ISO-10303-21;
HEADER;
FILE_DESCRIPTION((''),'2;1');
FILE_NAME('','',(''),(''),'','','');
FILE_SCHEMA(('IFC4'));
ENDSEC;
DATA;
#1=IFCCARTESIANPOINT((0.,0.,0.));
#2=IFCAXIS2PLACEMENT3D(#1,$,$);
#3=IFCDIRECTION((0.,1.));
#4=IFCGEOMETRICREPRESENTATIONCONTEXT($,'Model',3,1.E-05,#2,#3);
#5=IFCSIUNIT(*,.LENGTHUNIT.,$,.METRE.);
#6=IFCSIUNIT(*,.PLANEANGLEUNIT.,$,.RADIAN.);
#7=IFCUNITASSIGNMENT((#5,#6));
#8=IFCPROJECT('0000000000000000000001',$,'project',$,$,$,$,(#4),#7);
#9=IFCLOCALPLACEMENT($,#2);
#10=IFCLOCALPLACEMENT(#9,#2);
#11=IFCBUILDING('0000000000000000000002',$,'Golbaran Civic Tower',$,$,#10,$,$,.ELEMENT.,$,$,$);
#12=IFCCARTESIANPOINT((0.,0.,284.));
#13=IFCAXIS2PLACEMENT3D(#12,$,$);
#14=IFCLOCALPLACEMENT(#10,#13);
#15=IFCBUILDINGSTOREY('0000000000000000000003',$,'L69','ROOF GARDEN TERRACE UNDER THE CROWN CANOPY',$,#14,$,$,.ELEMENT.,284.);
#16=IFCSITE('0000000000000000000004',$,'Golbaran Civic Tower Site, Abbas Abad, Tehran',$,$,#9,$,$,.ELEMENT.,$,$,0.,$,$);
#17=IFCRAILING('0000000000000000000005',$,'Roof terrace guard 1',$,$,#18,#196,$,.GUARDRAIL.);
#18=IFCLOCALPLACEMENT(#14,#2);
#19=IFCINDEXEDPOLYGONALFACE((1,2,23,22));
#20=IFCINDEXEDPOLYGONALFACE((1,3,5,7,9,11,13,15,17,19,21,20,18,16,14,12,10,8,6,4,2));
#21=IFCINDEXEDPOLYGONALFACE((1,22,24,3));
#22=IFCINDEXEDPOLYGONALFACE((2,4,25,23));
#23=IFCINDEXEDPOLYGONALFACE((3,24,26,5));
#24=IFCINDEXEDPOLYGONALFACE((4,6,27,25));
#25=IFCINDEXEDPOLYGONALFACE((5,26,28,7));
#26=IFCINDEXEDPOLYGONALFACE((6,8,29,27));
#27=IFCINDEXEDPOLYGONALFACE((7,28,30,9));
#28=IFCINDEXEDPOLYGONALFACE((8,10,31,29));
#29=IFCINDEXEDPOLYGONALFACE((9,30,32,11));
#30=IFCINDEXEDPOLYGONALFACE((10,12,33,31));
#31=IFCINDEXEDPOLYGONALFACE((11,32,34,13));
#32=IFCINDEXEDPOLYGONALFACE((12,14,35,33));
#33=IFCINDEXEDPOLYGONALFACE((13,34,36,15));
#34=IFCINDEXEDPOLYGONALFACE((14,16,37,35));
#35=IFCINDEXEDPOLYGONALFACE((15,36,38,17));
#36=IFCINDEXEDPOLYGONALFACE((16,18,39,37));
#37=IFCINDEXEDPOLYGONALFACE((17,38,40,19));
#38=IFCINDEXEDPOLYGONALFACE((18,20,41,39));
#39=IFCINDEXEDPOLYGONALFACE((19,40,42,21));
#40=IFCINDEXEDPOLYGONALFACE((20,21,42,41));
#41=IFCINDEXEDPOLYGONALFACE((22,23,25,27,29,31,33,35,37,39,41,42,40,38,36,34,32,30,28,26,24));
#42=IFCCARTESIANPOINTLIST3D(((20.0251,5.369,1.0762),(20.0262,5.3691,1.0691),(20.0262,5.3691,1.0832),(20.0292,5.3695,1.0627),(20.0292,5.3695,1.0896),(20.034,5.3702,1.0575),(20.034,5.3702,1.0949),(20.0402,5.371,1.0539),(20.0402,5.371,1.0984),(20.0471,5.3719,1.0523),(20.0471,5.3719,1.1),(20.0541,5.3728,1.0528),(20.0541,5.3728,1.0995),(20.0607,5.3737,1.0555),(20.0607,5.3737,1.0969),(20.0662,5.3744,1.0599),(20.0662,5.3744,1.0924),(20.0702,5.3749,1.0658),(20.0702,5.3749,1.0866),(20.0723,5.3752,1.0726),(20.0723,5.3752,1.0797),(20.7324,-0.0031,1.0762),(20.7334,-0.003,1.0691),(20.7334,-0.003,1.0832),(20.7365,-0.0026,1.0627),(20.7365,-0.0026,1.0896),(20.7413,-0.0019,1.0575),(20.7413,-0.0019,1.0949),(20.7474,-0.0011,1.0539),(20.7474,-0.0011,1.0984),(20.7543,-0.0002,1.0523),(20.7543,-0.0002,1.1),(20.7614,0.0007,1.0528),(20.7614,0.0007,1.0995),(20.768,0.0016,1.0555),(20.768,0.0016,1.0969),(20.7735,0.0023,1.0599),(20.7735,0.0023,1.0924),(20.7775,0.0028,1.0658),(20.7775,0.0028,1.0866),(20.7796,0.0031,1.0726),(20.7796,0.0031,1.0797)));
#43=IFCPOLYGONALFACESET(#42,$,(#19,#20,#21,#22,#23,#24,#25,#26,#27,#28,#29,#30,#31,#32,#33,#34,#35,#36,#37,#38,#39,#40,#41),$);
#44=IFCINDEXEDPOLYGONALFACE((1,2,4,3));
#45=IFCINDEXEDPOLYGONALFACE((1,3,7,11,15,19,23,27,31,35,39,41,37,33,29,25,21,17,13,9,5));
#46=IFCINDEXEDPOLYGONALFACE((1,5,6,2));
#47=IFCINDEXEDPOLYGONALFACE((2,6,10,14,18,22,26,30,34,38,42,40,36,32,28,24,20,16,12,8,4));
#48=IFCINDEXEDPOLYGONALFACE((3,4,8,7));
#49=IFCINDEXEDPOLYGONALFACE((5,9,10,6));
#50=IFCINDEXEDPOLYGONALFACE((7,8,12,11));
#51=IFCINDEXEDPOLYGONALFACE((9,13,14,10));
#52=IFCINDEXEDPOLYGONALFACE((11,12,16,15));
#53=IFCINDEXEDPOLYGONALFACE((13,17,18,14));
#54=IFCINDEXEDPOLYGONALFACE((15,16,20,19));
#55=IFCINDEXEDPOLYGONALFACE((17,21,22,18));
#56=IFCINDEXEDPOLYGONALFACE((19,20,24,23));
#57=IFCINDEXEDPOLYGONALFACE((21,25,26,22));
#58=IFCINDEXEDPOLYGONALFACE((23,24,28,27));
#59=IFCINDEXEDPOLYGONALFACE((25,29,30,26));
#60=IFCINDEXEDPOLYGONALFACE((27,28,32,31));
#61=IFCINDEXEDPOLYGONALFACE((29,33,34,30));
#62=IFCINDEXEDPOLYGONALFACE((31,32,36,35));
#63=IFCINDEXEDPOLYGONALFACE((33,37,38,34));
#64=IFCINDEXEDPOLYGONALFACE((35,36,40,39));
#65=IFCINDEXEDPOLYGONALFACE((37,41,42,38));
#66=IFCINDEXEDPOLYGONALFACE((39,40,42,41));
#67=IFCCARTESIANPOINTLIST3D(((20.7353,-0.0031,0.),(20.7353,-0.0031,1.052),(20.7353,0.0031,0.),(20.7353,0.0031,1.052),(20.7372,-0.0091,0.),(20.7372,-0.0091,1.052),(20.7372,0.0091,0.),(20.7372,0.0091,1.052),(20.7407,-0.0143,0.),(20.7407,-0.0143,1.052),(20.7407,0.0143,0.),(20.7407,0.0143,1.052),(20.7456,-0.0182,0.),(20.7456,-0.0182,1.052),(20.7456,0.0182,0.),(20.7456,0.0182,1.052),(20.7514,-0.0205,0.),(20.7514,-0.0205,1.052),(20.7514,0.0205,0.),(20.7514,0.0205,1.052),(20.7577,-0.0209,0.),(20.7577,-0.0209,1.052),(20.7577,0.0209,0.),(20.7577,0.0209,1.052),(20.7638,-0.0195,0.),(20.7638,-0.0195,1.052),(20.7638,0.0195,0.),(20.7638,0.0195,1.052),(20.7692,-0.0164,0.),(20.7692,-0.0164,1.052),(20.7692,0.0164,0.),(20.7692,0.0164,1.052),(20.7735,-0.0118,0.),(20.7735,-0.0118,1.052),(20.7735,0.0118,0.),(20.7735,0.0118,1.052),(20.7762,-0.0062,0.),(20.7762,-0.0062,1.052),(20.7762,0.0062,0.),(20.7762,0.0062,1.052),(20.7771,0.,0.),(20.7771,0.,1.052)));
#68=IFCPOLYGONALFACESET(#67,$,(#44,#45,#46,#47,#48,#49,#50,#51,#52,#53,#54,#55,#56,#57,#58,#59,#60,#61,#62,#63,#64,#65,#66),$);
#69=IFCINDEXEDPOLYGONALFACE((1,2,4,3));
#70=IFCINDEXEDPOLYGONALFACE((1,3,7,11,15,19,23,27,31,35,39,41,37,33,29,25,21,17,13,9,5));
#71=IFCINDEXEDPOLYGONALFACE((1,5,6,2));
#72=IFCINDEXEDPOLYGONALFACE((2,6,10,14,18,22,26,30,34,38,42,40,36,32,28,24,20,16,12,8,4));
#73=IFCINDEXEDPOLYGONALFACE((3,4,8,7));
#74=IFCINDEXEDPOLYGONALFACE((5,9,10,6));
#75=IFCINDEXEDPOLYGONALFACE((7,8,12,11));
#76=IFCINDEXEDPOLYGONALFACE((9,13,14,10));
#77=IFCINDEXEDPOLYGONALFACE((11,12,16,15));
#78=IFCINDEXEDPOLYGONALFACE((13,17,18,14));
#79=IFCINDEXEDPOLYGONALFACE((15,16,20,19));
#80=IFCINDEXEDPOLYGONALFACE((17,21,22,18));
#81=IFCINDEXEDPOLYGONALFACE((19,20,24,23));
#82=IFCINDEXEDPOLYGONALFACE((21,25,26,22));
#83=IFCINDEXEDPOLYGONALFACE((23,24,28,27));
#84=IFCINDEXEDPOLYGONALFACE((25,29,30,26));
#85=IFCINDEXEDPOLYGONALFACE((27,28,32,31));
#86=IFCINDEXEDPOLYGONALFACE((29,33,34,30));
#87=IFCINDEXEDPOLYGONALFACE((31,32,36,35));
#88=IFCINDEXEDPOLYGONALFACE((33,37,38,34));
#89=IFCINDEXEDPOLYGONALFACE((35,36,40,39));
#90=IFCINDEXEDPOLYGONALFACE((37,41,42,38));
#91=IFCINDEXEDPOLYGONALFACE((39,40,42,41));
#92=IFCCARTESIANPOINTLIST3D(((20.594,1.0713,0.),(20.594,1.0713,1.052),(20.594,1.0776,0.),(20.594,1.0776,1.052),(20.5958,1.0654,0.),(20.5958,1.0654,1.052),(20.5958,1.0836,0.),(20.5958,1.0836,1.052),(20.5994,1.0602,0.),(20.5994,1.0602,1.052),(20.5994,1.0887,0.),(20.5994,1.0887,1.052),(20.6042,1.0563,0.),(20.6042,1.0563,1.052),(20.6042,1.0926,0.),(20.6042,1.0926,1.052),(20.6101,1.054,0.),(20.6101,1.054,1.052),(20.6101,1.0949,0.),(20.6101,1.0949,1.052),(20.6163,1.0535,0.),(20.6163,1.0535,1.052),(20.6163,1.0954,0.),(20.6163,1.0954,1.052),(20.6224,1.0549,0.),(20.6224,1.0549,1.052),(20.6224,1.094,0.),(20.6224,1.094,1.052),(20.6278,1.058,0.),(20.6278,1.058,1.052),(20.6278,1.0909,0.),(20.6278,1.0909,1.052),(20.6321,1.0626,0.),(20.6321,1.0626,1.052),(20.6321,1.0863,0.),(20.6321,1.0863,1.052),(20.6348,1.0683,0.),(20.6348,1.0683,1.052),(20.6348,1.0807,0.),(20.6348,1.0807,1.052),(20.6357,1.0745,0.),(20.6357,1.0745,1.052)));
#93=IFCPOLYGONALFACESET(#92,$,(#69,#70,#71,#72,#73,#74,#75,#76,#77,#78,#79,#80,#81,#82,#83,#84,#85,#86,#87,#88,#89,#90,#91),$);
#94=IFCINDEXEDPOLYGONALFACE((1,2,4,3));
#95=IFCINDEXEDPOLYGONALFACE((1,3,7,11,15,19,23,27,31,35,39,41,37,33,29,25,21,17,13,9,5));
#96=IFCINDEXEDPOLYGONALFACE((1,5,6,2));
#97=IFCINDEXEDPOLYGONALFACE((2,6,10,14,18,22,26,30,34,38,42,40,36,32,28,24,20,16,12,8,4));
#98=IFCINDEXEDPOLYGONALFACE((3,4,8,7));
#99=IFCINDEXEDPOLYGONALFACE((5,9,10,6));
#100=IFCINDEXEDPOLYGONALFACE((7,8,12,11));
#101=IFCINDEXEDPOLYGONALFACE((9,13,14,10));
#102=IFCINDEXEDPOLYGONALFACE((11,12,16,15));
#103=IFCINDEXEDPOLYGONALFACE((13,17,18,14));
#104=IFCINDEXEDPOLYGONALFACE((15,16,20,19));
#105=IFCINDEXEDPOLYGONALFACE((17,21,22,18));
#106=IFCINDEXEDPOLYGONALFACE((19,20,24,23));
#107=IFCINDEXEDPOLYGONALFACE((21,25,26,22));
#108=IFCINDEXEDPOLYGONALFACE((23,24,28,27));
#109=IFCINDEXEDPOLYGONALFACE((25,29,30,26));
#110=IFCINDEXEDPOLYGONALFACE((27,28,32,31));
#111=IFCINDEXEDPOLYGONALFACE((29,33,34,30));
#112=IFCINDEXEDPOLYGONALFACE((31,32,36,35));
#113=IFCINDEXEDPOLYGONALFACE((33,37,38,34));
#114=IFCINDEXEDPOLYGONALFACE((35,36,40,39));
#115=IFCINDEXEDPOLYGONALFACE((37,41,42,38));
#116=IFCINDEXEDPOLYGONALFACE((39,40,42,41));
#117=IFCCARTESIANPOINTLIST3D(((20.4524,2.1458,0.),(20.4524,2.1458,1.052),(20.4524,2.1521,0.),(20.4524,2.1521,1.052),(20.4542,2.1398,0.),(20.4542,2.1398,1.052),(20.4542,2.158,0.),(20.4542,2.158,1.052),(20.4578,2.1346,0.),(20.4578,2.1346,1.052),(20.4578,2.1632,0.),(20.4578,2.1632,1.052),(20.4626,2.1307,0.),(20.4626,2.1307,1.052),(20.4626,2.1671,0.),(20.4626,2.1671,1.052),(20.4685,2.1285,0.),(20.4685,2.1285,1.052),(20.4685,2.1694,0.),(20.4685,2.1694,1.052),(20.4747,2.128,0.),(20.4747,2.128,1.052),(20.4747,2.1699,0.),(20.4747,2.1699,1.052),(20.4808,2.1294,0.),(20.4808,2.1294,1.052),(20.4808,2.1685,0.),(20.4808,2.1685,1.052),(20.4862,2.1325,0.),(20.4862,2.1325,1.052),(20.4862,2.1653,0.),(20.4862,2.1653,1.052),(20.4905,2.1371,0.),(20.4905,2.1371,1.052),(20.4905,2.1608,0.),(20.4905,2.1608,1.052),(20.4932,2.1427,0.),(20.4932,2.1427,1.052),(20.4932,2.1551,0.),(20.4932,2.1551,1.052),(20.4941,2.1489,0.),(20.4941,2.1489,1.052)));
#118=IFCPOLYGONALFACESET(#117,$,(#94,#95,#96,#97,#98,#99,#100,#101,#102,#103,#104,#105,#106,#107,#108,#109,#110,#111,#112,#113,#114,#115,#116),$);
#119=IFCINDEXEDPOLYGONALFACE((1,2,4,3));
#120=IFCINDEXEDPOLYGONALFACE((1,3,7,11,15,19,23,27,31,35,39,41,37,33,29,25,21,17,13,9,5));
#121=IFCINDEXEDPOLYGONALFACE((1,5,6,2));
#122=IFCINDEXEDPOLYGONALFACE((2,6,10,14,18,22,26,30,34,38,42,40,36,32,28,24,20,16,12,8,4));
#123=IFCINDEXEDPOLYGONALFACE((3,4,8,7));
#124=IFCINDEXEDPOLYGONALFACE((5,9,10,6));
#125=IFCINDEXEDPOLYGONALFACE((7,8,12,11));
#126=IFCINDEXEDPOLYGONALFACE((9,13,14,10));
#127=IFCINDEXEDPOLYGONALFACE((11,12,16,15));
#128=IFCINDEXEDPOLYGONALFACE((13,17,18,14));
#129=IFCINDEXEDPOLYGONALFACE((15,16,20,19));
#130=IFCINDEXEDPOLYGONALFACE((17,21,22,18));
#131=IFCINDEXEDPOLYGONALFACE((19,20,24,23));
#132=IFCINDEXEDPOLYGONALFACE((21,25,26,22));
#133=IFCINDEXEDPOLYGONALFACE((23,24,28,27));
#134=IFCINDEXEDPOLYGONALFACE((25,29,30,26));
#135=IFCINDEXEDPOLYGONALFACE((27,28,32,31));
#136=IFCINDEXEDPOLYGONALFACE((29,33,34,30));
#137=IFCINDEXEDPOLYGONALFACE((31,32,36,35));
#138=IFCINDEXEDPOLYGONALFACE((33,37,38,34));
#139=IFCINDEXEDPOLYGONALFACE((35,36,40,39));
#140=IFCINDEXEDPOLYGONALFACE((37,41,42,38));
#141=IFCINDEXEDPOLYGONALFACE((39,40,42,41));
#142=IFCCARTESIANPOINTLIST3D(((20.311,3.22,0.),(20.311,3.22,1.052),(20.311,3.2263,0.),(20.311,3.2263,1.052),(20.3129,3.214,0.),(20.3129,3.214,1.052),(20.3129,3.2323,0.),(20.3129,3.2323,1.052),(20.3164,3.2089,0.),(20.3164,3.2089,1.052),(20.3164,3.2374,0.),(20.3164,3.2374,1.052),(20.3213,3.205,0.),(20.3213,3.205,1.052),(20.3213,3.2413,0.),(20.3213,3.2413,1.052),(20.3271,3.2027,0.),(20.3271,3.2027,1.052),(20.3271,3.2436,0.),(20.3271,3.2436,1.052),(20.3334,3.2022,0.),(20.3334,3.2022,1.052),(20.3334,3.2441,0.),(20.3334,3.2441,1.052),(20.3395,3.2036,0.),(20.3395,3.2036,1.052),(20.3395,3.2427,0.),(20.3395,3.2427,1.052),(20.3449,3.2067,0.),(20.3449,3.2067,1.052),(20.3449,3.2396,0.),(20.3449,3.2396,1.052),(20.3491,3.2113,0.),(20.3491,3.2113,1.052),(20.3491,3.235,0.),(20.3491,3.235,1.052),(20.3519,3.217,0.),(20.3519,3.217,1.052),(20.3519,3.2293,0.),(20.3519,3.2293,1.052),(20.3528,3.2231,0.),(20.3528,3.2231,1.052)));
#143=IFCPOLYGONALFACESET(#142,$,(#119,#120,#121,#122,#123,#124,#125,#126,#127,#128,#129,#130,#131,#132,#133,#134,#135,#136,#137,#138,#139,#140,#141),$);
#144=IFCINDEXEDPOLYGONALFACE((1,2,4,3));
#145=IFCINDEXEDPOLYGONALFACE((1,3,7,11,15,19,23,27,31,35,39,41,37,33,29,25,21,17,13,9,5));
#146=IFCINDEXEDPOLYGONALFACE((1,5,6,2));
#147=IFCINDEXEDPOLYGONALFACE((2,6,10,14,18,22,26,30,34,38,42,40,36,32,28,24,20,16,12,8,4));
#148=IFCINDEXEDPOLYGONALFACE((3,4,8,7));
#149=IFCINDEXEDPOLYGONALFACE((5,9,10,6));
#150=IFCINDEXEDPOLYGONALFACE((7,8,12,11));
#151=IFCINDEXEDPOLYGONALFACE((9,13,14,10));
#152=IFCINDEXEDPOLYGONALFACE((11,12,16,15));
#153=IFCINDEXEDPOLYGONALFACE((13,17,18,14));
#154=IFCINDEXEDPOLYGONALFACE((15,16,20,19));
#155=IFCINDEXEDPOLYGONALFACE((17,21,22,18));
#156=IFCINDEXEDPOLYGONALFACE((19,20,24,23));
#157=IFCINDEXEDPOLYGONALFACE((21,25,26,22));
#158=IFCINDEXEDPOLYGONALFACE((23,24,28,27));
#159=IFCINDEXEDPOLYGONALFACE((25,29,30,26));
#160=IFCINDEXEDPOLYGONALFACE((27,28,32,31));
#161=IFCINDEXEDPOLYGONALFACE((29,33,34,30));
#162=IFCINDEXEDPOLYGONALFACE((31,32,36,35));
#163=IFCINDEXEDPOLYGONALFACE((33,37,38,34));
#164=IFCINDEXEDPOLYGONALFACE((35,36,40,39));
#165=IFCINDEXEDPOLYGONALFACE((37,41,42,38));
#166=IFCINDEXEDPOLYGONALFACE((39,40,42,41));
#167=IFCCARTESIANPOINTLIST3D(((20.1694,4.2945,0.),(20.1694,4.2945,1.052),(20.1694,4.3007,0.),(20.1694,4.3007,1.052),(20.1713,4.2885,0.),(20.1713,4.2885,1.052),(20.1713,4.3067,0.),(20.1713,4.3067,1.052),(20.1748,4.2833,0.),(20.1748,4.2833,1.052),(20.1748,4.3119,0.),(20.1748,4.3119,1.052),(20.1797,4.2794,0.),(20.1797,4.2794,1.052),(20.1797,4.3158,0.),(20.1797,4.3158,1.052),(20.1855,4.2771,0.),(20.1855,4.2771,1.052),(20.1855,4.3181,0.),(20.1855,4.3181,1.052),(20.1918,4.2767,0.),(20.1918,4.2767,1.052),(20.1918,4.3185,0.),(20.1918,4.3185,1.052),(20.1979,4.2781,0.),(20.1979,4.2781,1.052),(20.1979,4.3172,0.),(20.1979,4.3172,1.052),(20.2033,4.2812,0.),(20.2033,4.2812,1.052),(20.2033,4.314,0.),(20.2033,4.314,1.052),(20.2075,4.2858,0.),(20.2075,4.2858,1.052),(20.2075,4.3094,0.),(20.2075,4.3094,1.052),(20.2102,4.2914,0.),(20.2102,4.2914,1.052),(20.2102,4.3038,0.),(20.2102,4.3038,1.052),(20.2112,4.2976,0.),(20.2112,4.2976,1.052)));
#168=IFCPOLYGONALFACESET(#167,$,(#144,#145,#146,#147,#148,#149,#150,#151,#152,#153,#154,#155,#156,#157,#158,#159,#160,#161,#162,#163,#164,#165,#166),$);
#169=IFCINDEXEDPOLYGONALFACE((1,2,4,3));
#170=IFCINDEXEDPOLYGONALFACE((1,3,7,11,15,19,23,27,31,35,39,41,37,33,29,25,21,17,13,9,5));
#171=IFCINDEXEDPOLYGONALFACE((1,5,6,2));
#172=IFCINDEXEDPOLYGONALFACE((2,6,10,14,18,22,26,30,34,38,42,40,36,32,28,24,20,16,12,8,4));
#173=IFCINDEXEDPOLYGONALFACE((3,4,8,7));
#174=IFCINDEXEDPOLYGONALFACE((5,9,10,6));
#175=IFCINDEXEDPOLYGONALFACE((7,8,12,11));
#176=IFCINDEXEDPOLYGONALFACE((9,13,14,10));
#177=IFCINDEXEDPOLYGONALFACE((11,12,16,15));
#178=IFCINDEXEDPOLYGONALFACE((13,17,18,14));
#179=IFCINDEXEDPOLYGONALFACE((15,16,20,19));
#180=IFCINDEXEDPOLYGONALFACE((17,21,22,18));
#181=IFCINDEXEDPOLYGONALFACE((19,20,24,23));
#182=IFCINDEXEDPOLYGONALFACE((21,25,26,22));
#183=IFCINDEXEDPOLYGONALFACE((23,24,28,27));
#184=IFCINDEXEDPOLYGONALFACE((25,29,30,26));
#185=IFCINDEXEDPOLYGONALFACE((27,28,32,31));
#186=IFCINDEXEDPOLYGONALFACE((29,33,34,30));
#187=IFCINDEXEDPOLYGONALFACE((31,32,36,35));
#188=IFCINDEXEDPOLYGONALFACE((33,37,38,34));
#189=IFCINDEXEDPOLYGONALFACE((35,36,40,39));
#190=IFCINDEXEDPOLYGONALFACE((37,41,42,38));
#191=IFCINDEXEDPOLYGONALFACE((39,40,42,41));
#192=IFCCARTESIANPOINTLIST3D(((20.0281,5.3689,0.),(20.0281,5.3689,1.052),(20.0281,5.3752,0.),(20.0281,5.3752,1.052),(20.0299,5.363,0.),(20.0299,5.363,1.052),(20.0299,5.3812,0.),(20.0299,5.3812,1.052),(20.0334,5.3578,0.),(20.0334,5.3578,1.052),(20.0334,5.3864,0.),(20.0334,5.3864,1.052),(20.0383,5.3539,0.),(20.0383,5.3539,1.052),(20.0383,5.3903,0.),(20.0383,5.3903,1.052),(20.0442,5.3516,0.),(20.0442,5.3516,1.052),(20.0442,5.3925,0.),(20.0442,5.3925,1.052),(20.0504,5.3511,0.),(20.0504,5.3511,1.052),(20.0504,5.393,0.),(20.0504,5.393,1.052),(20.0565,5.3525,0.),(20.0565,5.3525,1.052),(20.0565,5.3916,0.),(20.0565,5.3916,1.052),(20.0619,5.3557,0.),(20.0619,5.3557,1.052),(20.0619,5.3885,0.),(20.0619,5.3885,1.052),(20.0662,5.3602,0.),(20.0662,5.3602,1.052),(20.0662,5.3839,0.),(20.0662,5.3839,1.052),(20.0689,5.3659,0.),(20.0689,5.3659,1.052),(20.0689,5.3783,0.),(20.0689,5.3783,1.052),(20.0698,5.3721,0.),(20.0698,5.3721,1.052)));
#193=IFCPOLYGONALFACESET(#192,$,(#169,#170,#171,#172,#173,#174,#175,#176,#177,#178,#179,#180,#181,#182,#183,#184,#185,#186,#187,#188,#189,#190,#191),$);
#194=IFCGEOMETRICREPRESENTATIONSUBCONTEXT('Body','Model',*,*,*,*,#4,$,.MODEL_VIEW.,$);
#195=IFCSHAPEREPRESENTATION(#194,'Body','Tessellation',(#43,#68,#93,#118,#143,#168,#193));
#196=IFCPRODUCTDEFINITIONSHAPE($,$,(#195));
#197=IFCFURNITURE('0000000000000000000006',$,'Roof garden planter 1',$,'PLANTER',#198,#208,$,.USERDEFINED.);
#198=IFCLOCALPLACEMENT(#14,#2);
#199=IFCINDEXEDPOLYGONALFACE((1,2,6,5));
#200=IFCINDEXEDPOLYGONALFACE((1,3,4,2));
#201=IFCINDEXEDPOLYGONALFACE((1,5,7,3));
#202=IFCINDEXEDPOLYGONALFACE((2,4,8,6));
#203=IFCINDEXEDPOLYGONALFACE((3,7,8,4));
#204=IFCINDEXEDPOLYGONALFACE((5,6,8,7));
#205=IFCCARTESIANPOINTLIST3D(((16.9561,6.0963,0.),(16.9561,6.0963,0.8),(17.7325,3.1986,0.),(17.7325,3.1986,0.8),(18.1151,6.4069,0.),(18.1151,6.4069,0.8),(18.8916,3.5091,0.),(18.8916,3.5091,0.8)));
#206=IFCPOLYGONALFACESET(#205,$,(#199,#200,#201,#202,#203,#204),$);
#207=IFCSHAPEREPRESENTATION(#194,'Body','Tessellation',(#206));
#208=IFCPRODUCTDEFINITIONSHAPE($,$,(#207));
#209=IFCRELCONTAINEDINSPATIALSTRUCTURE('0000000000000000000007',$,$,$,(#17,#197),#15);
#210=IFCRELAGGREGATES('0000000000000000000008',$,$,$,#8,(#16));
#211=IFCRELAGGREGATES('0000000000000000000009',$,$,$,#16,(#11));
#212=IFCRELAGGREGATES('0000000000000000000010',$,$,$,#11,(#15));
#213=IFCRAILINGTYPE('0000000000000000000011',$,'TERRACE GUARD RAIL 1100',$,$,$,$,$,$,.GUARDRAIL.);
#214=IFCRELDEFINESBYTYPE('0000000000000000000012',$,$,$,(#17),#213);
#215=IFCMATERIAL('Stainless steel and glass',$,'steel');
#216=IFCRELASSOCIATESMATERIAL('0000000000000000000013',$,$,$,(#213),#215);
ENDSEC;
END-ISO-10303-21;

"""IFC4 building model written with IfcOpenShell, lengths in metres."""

from ifc_helpers import new_model, si_unit, direction, frame, origin, origin_2d, place, context, subcontext, project, spatial, rectangle, circle, extrude, material, type_object, element, save


model = new_model("IFC4")

# Units and contexts
model_context = context("Model", 3, precision=1e-05, world=origin(), true_north=direction((0.0, 1.0)))
body_context = subcontext(model_context, "Body", "Model", "MODEL_VIEW")
ifc_project = project(units=[si_unit("LENGTHUNIT", "METRE"), si_unit("PLANEANGLEUNIT", "RADIAN")], contexts=[model_context])

# Site, building, storey
site_placement = place(None, origin())
site = spatial("IfcSite", under=ifc_project, at=site_placement, Name="Golbaran Civic Tower Site, Abbas Abad, Tehran", CompositionType="ELEMENT", RefElevation=0.0)
building_placement = place(site_placement, origin())
building = spatial("IfcBuilding", under=site, at=building_placement, Name="Golbaran Civic Tower", CompositionType="ELEMENT")
storey_placement = place(building_placement, frame((0.0, 0.0, 284.0)))
storey = spatial("IfcBuildingStorey", under=building, at=storey_placement, Name="L69", Description="ROOF GARDEN TERRACE UNDER THE CROWN CANOPY", CompositionType="ELEMENT", Elevation=284.0)

# Railing
ifc_material_1 = material(Name="Stainless steel and glass", Category="steel")
railing_type = type_object("IfcRailingType", Name="TERRACE GUARD RAIL 1100", PredefinedType="GUARDRAIL", material=ifc_material_1)
railing_1_placement = place(storey_placement, frame((20.7561, 0.0, 0.0)))
element("IfcRailing", 1, at=railing_1_placement, inside=storey, type_object=railing_type, Name="Roof terrace guard 1", PredefinedType="GUARDRAIL", context=body_context, shape_type="SweptSolid", body=[
    extrude(circle(Radius=0.0239, at=origin_2d()), frame((0.0, 0.0, 1.0762), z_axis=(-0.130531, 0.991444, 0.0), x_axis=(-0.991444, -0.130531, 0.0)), (0.0, 0.0, 1.0), 5.4185),
    extrude(circle(Radius=0.021, at=origin_2d()), origin(), (0.0, 0.0, 1.0), 1.052),
    extrude(circle(Radius=0.021, at=origin_2d()), frame((-0.1414, 1.0745, 0.0)), (0.0, 0.0, 1.0), 1.052),
    extrude(circle(Radius=0.021, at=origin_2d()), frame((-0.283, 2.1489, 0.0)), (0.0, 0.0, 1.0), 1.052),
    extrude(circle(Radius=0.021, at=origin_2d()), frame((-0.4243, 3.2231, 0.0)), (0.0, 0.0, 1.0), 1.052),
    extrude(circle(Radius=0.021, at=origin_2d()), frame((-0.5659, 4.2976, 0.0)), (0.0, 0.0, 1.0), 1.052),
    extrude(circle(Radius=0.021, at=origin_2d()), frame((-0.7073, 5.3721, 0.0)), (0.0, 0.0, 1.0), 1.052),
])

# Furniture
furniture_placement = place(storey_placement, frame((17.9238, 4.8027, 0.0), z_axis=(0.0, 0.0, 1.0), x_axis=(-0.258819, 0.965926, 0.0)))
element("IfcFurniture", 2, at=furniture_placement, inside=storey, Name="Roof garden planter 1", ObjectType="PLANTER", PredefinedType="USERDEFINED", context=body_context, shape_type="SweptSolid", body=[
    extrude(rectangle(XDim=3.0, YDim=1.2, at=origin_2d()), origin(), (0.0, 0.0, 1.0), 0.8),
])

save(model, "model.ifc")
